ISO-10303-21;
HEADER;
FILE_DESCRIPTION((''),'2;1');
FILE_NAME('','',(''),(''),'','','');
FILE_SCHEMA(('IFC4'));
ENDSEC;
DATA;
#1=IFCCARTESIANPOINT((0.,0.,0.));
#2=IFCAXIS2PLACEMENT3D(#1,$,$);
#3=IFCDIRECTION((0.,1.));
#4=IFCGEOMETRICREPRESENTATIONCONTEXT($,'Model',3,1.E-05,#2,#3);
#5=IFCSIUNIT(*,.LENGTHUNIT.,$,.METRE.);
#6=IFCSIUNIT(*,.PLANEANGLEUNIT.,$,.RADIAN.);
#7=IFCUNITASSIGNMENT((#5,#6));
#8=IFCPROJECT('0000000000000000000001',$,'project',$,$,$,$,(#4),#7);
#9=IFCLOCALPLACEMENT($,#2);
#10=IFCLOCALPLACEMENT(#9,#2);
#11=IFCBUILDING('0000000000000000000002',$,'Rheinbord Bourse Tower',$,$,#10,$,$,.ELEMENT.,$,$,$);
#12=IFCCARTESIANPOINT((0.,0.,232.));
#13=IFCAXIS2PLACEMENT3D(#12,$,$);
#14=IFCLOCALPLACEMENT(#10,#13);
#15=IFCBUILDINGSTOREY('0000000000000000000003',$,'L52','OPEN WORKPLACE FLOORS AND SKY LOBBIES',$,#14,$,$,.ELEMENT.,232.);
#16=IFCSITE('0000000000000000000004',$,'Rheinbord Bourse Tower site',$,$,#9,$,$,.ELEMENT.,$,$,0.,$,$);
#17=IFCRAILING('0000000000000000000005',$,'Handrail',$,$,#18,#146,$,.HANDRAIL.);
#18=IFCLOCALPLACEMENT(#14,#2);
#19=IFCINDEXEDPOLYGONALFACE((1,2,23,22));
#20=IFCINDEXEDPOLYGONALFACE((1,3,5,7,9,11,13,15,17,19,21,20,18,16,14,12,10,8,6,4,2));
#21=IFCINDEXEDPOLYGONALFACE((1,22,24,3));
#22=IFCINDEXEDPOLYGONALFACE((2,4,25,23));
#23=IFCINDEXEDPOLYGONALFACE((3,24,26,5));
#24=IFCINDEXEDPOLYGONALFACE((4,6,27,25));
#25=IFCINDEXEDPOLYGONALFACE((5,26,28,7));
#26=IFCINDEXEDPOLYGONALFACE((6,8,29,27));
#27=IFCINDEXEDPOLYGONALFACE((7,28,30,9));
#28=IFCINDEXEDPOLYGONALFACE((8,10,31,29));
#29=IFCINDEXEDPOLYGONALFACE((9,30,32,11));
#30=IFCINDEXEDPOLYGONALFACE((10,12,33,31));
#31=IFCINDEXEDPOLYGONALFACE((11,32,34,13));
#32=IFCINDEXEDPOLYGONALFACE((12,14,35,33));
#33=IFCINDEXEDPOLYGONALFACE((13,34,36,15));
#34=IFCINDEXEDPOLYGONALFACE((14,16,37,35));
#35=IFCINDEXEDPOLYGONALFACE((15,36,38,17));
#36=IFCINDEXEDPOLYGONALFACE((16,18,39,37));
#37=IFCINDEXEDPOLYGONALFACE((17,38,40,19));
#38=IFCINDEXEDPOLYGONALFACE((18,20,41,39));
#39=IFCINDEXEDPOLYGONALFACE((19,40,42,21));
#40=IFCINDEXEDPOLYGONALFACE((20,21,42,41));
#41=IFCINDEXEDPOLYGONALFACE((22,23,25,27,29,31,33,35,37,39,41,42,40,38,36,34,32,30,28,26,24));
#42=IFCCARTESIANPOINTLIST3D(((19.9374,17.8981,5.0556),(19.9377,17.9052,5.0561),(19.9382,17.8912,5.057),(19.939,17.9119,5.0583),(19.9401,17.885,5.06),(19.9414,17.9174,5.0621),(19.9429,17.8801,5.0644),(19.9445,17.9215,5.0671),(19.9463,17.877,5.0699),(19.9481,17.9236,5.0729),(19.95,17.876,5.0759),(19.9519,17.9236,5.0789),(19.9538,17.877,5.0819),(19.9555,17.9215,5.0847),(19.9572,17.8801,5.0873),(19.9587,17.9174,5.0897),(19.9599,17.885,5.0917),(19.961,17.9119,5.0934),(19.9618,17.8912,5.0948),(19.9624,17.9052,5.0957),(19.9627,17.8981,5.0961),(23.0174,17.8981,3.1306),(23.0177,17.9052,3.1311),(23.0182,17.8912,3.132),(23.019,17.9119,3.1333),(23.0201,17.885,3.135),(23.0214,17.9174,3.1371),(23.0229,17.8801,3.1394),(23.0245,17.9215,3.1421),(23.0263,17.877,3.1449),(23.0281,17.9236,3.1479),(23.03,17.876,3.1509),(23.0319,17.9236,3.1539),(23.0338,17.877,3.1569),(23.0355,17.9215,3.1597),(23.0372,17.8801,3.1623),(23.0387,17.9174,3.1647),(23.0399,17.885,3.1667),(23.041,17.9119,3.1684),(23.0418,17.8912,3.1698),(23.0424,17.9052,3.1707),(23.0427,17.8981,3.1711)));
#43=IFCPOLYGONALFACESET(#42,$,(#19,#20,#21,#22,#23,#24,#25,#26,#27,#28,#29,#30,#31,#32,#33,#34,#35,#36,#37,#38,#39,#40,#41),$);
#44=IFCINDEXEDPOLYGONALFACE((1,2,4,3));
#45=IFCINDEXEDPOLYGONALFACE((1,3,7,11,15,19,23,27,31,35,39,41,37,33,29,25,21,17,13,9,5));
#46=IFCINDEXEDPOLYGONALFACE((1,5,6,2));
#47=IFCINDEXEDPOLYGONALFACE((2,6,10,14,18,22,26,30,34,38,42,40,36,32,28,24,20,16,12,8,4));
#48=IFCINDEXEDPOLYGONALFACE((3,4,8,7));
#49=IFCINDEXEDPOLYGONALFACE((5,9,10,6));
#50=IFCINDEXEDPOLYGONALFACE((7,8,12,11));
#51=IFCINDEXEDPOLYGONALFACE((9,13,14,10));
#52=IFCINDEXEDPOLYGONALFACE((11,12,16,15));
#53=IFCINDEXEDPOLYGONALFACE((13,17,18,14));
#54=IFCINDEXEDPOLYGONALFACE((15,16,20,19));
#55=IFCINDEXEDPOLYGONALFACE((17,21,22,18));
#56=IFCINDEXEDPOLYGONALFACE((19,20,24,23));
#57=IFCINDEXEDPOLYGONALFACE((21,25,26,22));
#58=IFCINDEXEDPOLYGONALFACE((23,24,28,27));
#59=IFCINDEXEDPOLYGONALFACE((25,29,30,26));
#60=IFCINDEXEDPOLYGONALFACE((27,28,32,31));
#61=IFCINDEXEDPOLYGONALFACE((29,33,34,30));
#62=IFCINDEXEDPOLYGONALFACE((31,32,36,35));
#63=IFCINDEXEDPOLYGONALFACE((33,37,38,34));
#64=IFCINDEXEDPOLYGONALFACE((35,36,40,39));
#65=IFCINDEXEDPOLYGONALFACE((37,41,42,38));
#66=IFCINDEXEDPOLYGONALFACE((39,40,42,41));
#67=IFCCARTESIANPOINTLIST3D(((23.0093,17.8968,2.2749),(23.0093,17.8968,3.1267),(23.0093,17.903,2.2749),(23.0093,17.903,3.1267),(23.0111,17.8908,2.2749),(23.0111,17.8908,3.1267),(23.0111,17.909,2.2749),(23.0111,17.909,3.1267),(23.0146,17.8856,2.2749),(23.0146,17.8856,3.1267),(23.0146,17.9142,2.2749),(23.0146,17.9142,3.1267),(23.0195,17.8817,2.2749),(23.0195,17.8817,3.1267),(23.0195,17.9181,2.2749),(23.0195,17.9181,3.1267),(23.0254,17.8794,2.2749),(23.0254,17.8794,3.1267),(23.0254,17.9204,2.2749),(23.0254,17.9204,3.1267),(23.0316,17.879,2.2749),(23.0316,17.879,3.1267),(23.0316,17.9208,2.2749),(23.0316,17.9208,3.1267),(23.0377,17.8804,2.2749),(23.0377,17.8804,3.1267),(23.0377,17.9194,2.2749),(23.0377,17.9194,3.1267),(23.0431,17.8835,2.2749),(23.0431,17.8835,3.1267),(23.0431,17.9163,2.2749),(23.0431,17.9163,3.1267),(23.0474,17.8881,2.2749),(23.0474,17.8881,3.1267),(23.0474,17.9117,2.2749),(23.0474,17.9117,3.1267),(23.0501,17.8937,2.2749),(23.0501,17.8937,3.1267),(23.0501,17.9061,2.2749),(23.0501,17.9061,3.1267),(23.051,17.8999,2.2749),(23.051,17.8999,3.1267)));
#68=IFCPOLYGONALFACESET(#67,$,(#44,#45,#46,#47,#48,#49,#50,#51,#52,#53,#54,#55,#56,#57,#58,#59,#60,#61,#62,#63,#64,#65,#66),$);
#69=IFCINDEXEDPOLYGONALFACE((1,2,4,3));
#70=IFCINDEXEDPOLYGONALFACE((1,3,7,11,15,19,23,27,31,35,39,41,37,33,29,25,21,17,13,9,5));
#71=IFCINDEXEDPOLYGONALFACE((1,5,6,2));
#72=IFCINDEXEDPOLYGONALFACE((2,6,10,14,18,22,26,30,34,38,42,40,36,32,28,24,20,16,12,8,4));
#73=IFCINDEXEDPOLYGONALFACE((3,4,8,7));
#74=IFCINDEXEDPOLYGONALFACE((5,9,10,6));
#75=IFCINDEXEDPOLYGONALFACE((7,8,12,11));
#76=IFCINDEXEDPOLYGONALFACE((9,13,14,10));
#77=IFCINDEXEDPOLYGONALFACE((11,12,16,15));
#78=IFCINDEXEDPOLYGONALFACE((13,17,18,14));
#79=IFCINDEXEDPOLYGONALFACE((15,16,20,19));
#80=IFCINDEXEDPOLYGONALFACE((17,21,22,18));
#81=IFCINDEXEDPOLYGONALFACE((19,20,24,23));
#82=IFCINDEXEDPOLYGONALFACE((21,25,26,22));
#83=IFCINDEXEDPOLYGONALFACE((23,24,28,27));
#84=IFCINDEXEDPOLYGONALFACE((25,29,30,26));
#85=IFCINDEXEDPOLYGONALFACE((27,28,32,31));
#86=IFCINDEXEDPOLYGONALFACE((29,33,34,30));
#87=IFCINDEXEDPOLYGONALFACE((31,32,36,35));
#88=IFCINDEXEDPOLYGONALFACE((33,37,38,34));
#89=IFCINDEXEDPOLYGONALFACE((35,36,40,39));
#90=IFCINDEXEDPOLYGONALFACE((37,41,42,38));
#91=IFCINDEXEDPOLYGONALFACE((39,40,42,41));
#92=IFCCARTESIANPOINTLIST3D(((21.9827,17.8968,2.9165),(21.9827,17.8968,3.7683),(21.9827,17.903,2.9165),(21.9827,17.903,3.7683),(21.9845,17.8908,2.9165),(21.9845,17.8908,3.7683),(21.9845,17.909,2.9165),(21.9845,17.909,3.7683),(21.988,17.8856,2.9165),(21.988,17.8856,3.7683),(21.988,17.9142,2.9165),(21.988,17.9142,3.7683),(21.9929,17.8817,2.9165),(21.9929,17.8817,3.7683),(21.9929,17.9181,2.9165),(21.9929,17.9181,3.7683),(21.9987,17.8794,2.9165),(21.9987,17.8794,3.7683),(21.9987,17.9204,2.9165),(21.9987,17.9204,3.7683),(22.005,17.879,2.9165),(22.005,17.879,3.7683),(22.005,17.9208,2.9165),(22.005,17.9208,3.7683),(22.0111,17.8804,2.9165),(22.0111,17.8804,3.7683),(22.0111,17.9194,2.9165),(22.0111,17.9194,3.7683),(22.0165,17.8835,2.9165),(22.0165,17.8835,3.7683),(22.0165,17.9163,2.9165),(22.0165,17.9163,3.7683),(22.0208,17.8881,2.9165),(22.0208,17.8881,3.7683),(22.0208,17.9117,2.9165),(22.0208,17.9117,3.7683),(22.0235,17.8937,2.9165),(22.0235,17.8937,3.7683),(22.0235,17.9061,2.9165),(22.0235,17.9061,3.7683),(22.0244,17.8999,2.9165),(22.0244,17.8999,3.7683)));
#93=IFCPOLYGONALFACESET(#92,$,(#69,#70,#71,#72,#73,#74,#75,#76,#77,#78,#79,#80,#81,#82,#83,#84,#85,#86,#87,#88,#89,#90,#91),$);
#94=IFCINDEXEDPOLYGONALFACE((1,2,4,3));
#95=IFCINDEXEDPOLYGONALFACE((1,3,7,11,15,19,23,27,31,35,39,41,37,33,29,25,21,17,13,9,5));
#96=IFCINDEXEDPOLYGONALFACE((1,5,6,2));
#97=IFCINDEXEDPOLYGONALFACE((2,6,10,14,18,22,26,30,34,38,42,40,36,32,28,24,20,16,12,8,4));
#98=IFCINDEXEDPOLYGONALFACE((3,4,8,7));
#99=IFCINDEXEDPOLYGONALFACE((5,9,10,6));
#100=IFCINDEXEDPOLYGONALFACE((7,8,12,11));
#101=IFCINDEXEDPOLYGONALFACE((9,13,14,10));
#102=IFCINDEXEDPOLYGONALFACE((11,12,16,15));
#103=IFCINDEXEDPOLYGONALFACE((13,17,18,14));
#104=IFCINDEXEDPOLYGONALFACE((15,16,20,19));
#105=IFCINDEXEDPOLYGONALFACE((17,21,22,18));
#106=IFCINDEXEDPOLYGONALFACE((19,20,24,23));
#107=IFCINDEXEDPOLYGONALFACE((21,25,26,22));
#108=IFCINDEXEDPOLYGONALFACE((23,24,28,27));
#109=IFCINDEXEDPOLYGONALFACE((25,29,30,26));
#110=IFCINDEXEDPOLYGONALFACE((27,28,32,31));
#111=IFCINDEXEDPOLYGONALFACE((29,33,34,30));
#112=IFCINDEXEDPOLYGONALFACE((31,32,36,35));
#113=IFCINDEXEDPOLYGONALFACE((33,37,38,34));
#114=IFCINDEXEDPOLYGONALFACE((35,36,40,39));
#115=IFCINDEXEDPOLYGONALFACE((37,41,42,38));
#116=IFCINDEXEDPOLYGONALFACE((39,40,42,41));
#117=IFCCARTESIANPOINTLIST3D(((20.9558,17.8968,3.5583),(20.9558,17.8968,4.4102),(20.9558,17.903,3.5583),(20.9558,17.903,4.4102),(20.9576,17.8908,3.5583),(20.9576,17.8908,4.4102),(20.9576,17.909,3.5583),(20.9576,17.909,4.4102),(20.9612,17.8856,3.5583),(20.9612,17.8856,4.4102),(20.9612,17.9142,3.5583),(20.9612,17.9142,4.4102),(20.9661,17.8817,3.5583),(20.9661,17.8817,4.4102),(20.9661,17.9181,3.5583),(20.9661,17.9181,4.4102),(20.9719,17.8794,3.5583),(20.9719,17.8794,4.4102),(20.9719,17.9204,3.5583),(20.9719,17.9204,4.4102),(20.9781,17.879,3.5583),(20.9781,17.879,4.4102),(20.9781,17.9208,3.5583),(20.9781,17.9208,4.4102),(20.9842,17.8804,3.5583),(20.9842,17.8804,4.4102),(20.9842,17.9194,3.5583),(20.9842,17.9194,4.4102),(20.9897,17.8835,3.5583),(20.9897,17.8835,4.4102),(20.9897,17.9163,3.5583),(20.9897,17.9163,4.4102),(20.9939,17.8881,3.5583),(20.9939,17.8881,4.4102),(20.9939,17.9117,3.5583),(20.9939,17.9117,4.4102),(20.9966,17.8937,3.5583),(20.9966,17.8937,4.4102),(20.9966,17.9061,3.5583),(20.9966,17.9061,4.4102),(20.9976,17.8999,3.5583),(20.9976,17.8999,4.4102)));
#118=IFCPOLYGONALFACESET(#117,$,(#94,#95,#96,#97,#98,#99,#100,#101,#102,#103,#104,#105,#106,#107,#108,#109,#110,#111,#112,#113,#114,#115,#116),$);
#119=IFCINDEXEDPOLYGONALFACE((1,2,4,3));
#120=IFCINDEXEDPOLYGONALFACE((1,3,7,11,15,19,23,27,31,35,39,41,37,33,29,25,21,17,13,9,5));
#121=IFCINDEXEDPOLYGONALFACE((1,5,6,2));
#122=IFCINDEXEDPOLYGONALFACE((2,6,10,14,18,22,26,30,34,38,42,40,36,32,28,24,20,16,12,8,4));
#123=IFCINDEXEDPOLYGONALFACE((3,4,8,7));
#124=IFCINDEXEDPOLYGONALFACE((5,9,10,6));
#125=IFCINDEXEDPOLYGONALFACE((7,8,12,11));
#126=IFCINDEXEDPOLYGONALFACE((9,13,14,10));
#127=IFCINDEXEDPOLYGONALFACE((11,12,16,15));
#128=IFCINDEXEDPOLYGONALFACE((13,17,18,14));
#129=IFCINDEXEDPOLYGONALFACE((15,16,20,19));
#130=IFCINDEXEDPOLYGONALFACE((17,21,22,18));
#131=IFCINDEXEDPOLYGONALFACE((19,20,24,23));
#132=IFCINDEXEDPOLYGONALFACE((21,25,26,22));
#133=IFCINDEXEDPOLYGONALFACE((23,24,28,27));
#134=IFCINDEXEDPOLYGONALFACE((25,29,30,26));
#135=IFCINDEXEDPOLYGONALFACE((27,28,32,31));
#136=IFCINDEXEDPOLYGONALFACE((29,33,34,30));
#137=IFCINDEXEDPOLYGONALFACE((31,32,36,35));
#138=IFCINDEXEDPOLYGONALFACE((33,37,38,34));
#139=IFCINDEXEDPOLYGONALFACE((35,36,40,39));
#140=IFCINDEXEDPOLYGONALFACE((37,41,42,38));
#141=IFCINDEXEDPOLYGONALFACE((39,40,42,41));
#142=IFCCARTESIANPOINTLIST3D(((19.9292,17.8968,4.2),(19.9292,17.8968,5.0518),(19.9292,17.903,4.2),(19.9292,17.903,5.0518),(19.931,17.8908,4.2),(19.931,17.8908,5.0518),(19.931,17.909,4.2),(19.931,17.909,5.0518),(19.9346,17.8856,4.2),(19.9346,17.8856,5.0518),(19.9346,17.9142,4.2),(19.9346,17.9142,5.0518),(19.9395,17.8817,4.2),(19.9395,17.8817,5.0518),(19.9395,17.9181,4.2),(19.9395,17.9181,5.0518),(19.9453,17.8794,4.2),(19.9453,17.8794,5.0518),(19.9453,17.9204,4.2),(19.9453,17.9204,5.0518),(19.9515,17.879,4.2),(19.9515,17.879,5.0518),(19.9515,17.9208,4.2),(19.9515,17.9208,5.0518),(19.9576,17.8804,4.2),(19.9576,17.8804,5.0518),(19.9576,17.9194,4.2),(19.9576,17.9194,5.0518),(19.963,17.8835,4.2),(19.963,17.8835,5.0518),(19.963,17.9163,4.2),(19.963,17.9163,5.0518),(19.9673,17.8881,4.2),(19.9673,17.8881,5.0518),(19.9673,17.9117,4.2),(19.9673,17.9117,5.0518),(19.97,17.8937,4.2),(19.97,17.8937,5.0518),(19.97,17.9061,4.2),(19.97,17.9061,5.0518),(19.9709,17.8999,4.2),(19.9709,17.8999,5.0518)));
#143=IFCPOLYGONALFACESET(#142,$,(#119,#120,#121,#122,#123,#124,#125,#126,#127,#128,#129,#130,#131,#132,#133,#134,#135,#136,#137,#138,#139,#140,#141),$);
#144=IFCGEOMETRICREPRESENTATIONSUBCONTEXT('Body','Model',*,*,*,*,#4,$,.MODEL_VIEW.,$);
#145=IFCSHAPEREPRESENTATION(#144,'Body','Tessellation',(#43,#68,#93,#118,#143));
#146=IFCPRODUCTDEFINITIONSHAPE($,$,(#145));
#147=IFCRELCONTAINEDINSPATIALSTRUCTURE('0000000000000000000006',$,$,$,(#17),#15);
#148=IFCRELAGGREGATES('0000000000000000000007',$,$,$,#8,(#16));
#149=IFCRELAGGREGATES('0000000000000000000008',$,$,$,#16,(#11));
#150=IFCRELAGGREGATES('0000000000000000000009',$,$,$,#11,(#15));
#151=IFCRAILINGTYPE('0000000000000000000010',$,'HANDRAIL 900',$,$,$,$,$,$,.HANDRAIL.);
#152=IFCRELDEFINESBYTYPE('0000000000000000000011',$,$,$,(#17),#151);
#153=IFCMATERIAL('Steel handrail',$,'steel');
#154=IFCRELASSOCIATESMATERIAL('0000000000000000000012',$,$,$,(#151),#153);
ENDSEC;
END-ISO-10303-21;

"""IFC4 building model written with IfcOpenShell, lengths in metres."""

from ifc_helpers import new_model, si_unit, direction, frame, origin, origin_2d, place, context, subcontext, project, spatial, circle, extrude, material, type_object, element, save


model = new_model("IFC4")

# Units and contexts
model_context = context("Model", 3, precision=1e-05, world=origin(), true_north=direction((0.0, 1.0)))
body_context = subcontext(model_context, "Body", "Model", "MODEL_VIEW")
ifc_project = project(units=[si_unit("LENGTHUNIT", "METRE"), si_unit("PLANEANGLEUNIT", "RADIAN")], contexts=[model_context])

# Site, building, storey
site_placement = place(None, origin())
site = spatial("IfcSite", under=ifc_project, at=site_placement, Name="Rheinbord Bourse Tower site", CompositionType="ELEMENT", RefElevation=0.0)
building_placement = place(site_placement, origin())
building = spatial("IfcBuilding", under=site, at=building_placement, Name="Rheinbord Bourse Tower", CompositionType="ELEMENT")
storey_placement = place(building_placement, frame((0.0, 0.0, 232.0)))
storey = spatial("IfcBuildingStorey", under=building, at=storey_placement, Name="L52", Description="OPEN WORKPLACE FLOORS AND SKY LOBBIES", CompositionType="ELEMENT", Elevation=232.0)

# Railing
ifc_material_1 = material(Name="Steel handrail", Category="steel")
railing_type = type_object("IfcRailingType", Name="HANDRAIL 900", PredefinedType="HANDRAIL", material=ifc_material_1)
railing_1_placement = place(storey_placement, frame((23.03, 17.8999, 2.2749)))
element("IfcRailing", 1, at=railing_1_placement, inside=storey, type_object=railing_type, Name="Handrail", PredefinedType="HANDRAIL", context=body_context, shape_type="SweptSolid", body=[
    extrude(circle(Radius=0.0239, at=origin_2d()), frame((0.0, 0.0, 0.876), z_axis=(-0.847998, 0.0, 0.529999), x_axis=(0.0, -1.0, 0.0)), (0.0, 0.0, 1.0), 3.6321),
    extrude(circle(Radius=0.021, at=origin_2d()), origin(), (0.0, 0.0, 1.0), 0.8518),
    extrude(circle(Radius=0.021, at=origin_2d()), frame((-1.0266, 0.0, 0.6416)), (0.0, 0.0, 1.0), 0.8518),
    extrude(circle(Radius=0.021, at=origin_2d()), frame((-2.0535, 0.0, 1.2834)), (0.0, 0.0, 1.0), 0.8518),
    extrude(circle(Radius=0.021, at=origin_2d()), frame((-3.0801, 0.0, 1.925)), (0.0, 0.0, 1.0), 0.8518),
])

save(model, "model.ifc")
